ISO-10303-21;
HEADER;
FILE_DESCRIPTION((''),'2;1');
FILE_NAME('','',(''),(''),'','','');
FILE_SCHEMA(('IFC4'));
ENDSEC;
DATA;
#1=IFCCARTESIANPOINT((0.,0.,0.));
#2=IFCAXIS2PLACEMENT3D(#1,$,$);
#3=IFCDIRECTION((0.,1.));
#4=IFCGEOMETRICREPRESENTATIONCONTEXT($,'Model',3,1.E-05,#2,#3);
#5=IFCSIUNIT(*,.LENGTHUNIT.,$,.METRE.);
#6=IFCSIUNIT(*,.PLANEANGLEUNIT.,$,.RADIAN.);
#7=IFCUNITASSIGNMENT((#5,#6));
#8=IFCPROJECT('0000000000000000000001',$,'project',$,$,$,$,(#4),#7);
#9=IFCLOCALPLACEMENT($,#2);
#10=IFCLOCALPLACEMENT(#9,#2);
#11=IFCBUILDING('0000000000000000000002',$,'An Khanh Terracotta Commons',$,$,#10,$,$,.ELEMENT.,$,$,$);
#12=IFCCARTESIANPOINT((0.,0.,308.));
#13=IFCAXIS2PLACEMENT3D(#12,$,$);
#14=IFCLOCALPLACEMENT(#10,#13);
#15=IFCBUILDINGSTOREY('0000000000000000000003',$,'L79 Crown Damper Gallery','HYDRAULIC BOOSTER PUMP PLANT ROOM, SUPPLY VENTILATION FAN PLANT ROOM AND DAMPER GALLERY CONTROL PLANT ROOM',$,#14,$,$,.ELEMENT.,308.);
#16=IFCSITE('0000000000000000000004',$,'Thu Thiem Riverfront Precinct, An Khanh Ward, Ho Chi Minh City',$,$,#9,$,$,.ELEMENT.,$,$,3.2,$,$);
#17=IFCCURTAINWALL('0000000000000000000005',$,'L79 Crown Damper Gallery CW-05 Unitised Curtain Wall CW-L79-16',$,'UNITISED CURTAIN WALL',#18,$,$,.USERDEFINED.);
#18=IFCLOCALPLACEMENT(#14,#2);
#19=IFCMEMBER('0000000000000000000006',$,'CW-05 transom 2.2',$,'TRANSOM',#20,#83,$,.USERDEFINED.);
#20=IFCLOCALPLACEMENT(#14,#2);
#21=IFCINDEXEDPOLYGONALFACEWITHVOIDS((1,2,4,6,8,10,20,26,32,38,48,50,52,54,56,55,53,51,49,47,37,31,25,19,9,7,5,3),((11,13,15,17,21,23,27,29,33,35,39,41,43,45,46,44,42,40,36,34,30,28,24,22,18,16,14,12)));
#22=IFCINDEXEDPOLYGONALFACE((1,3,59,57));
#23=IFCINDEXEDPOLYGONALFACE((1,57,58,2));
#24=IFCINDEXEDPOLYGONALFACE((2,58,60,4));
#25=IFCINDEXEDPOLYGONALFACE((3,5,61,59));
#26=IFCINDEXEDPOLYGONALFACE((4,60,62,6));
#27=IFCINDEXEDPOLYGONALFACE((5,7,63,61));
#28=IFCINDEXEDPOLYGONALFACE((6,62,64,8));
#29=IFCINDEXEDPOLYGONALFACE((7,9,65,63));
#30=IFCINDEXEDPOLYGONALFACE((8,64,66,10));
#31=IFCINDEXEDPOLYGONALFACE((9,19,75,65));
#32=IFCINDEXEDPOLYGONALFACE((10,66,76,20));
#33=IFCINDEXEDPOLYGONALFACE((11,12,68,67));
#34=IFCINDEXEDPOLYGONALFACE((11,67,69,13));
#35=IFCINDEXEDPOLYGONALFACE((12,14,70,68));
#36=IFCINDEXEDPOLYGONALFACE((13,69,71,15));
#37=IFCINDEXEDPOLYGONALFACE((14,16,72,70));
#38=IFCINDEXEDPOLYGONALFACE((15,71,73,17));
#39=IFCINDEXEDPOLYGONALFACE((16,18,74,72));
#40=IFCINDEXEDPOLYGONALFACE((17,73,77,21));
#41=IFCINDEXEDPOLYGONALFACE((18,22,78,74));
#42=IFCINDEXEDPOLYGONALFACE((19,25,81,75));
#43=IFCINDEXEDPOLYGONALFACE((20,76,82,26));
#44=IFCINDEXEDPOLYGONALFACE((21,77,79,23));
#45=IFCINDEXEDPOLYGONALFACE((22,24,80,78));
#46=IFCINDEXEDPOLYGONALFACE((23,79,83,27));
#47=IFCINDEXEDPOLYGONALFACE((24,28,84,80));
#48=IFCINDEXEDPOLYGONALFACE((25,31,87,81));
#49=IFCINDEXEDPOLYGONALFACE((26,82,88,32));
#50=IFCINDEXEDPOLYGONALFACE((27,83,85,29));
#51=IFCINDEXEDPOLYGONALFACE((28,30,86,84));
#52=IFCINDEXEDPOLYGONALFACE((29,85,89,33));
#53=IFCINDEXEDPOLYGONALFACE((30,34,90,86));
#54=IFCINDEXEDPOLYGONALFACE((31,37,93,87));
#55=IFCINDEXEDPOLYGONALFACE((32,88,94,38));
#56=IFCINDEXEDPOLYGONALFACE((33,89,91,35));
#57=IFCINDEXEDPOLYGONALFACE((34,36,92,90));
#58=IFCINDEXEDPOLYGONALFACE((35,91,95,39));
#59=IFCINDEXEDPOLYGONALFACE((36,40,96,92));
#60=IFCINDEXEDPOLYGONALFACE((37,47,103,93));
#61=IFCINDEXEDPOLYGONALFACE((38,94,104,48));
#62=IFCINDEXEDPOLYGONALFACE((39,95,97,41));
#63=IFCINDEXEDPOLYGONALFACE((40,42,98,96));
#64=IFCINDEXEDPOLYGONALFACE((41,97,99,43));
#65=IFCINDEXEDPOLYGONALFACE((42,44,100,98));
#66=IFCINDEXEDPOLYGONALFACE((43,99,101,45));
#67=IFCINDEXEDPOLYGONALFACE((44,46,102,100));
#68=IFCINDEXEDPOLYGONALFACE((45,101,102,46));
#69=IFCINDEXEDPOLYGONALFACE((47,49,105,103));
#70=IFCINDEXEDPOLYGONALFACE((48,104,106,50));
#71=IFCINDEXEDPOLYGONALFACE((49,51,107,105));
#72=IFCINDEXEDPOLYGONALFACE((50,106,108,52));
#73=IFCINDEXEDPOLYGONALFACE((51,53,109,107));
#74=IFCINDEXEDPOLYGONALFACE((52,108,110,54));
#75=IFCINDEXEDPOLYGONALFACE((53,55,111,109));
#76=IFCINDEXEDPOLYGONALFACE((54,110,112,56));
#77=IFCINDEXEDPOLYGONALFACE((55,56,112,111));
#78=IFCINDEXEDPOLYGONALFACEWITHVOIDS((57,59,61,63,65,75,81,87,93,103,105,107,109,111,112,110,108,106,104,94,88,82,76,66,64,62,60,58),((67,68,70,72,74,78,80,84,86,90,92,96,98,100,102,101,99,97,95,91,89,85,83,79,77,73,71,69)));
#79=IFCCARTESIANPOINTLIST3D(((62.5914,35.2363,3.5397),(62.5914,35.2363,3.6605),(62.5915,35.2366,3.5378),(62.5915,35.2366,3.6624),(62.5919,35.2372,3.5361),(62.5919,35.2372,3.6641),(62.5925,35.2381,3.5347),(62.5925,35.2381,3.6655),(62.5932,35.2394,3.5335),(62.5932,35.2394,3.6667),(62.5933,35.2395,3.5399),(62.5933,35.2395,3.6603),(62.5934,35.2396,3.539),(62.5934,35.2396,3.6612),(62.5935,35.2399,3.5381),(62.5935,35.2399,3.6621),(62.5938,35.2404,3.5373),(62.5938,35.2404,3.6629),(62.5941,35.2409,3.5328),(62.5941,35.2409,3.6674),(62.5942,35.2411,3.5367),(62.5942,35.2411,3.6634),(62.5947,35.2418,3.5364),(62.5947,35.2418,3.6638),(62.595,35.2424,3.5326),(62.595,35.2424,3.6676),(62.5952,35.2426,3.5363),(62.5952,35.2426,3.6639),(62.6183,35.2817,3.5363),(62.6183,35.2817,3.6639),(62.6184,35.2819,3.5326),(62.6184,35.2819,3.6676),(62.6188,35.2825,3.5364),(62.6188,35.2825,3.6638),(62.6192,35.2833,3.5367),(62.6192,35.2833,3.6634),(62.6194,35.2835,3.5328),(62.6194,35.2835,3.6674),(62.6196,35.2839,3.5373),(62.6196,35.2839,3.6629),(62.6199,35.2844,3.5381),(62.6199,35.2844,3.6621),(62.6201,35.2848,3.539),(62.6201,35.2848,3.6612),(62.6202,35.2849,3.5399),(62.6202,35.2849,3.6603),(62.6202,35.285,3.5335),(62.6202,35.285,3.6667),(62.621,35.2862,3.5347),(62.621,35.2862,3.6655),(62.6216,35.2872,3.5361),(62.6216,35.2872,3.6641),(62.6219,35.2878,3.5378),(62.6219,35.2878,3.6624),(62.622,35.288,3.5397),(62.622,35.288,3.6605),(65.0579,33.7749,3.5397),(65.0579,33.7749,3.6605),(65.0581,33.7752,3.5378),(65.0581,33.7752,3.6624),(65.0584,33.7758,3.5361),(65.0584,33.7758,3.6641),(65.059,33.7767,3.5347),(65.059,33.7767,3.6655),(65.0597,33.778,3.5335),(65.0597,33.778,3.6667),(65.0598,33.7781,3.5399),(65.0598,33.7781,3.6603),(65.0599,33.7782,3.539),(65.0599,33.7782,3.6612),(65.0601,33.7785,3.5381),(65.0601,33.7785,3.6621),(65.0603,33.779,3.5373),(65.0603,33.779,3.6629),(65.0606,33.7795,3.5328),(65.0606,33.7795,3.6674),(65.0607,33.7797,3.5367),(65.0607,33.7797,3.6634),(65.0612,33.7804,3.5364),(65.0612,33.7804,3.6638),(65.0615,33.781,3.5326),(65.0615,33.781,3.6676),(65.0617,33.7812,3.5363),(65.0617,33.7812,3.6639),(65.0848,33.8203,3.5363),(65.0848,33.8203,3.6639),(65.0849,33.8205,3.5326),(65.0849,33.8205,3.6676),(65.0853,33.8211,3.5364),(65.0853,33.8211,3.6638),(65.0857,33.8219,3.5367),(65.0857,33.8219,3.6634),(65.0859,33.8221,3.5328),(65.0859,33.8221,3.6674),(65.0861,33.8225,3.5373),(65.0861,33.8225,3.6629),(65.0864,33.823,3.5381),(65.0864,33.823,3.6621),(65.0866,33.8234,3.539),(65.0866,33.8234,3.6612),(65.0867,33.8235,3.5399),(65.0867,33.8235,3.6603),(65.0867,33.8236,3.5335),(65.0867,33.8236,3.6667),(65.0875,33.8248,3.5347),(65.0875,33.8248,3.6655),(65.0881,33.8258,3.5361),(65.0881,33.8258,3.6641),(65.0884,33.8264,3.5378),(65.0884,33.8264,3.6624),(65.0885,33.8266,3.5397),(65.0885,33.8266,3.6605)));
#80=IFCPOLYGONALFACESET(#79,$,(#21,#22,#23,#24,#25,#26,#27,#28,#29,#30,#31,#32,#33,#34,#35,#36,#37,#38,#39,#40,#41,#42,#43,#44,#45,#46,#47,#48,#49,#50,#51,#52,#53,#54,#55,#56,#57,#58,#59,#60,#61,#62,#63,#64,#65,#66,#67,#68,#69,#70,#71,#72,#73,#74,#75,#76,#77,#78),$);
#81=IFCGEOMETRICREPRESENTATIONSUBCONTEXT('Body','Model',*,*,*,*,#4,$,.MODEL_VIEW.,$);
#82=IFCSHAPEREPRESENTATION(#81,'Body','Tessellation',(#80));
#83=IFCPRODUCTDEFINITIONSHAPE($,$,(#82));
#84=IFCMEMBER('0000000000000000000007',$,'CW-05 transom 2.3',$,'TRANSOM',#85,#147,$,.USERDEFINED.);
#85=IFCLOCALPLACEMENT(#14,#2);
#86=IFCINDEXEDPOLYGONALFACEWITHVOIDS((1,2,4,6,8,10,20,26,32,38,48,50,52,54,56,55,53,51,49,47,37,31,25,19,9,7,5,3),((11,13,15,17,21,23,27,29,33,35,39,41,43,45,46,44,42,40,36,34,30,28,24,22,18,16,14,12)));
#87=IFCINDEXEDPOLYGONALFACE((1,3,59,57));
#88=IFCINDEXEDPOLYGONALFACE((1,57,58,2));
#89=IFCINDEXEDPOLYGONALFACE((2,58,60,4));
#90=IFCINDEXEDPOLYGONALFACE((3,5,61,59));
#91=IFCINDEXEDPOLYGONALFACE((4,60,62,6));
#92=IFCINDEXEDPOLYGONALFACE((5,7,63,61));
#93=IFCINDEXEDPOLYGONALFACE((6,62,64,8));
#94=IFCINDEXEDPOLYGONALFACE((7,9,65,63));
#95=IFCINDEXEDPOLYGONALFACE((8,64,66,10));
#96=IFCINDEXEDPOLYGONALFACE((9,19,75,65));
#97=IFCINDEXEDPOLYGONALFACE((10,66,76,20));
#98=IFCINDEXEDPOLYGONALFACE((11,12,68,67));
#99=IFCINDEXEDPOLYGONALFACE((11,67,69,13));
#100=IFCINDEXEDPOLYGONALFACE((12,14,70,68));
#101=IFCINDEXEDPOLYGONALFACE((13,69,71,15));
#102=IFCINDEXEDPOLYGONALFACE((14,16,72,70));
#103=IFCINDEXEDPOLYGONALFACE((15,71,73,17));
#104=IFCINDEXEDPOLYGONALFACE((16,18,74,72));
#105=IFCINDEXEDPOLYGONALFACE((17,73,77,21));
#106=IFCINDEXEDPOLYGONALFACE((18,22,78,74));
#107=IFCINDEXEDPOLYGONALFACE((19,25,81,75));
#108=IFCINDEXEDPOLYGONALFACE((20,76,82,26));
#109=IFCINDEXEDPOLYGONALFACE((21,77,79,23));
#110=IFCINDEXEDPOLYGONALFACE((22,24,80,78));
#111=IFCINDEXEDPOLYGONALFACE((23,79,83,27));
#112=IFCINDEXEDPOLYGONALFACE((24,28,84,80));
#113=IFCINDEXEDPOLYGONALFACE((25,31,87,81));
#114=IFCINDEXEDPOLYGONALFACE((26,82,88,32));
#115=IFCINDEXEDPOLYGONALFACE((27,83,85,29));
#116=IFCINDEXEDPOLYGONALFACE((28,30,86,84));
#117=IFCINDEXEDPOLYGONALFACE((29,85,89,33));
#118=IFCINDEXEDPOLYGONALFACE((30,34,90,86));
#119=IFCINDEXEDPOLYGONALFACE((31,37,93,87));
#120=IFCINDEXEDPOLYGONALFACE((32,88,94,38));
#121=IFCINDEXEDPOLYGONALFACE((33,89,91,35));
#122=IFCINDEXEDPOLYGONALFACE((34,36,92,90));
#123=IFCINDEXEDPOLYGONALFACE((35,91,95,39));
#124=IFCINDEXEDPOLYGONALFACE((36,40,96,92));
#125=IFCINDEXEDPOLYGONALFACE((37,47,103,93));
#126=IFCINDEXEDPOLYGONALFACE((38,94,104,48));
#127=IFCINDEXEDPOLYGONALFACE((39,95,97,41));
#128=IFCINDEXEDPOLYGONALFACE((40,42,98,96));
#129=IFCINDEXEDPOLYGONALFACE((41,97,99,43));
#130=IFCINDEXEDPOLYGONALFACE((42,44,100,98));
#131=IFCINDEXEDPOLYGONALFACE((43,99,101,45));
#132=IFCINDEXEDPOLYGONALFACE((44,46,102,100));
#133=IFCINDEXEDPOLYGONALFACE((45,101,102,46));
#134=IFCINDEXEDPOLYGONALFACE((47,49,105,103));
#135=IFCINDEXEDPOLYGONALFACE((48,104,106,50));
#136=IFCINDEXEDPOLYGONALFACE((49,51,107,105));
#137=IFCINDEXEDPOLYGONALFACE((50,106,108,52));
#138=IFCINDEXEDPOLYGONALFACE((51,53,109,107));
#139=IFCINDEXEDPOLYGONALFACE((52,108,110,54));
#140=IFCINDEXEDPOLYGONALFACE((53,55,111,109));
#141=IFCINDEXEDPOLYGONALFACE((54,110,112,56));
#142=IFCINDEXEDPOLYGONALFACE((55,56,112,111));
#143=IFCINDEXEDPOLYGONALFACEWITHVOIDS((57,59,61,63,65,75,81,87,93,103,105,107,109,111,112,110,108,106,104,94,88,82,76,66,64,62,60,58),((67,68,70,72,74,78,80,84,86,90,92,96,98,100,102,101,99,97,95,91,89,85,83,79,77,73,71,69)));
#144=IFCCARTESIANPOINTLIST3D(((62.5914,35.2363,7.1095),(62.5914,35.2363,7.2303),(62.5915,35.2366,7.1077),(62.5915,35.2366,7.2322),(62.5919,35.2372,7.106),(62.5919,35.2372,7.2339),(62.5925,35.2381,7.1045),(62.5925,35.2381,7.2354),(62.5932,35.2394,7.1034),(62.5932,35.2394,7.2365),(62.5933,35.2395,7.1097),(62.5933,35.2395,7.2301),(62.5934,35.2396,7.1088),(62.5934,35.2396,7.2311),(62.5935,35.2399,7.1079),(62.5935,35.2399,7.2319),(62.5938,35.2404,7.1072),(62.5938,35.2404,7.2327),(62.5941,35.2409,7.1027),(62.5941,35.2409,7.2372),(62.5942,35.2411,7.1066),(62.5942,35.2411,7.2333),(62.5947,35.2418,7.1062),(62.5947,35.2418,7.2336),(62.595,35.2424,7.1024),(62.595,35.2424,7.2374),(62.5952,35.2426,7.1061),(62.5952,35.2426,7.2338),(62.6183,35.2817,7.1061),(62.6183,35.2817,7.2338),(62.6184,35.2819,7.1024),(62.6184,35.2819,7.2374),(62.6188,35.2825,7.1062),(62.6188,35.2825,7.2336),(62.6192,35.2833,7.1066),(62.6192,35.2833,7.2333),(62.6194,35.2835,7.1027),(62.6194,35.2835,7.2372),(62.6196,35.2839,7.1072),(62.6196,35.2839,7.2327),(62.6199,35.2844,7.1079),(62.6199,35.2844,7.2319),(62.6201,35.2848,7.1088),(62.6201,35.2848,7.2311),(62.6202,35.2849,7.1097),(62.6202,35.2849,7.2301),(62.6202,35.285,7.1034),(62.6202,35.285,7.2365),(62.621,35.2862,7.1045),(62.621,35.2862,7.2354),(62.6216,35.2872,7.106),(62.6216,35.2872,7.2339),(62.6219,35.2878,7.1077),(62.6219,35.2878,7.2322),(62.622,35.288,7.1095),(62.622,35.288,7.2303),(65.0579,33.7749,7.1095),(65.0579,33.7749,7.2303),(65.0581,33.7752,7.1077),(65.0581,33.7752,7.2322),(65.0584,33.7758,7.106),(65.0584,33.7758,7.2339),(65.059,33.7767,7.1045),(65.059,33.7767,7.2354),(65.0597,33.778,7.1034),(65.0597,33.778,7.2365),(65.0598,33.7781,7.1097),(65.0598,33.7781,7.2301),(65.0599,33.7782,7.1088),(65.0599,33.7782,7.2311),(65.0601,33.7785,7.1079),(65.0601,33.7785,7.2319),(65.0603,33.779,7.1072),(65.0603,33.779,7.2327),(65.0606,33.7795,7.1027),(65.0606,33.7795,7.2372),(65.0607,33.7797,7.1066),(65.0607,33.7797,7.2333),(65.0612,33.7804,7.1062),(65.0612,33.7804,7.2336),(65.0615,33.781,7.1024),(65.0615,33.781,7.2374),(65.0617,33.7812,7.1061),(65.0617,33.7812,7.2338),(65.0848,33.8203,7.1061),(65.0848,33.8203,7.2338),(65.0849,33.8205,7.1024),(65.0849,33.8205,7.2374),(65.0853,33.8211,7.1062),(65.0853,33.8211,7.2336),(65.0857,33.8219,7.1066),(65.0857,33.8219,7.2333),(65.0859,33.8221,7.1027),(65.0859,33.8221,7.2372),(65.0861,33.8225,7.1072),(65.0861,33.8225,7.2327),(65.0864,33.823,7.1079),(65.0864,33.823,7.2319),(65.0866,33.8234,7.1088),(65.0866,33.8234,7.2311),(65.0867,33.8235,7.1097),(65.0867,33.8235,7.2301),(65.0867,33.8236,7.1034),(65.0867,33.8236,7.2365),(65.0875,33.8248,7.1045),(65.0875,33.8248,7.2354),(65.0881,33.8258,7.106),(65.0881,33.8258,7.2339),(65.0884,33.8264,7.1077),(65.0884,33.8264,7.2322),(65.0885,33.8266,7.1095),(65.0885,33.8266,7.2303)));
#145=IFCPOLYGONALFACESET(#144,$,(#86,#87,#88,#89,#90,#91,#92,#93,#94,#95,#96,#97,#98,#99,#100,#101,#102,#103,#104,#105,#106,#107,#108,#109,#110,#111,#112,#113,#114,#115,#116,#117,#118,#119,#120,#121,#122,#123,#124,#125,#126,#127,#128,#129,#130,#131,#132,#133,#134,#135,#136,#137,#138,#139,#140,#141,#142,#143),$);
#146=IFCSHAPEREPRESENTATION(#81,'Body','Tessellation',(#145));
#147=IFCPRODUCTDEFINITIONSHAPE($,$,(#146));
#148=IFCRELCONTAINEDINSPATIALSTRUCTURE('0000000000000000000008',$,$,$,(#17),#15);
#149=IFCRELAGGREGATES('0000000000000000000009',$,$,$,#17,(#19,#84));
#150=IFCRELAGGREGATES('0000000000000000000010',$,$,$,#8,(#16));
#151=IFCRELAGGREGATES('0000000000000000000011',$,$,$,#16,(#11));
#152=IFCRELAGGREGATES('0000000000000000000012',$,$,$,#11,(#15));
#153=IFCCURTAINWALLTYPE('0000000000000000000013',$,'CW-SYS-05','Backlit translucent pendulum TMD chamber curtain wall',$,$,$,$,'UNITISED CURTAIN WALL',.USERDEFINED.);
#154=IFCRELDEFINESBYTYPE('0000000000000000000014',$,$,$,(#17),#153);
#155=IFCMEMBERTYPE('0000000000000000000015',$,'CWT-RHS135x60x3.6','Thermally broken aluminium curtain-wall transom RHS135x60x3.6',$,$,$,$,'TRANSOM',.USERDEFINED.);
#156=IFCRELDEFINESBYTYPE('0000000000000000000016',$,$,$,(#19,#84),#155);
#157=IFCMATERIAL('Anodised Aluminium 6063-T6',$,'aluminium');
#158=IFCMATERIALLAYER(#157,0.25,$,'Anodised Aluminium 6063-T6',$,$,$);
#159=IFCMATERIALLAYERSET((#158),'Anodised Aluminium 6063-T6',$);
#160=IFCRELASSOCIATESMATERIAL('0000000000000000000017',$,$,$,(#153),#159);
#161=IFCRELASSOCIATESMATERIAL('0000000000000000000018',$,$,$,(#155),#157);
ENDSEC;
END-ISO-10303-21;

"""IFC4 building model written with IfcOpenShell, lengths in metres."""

from ifc_helpers import new_model, si_unit, direction, frame, origin, origin_2d, place, context, subcontext, project, spatial, hollow_rectangle, extrude, material, layer, layer_set, material_profile, profile_set, type_object, element, aggregate, save


model = new_model("IFC4")

# Units and contexts
model_context = context("Model", 3, precision=1e-05, world=origin(), true_north=direction((0.0, 1.0)))
body_context = subcontext(model_context, "Body", "Model", "MODEL_VIEW")
ifc_project = project(units=[si_unit("LENGTHUNIT", "METRE"), si_unit("PLANEANGLEUNIT", "RADIAN")], contexts=[model_context])

# Site, building, storey
site_placement = place(None, origin())
site = spatial("IfcSite", under=ifc_project, at=site_placement, Name="Thu Thiem Riverfront Precinct, An Khanh Ward, Ho Chi Minh City", CompositionType="ELEMENT", RefElevation=3.2)
building_placement = place(site_placement, origin())
building = spatial("IfcBuilding", under=site, at=building_placement, Name="An Khanh Terracotta Commons", CompositionType="ELEMENT")
storey_placement = place(building_placement, frame((0.0, 0.0, 308.0)))
storey = spatial("IfcBuildingStorey", under=building, at=storey_placement, Name="L79 Crown Damper Gallery", Description="HYDRAULIC BOOSTER PUMP PLANT ROOM, SUPPLY VENTILATION FAN PLANT ROOM AND DAMPER GALLERY CONTROL PLANT ROOM", CompositionType="ELEMENT", Elevation=308.0)

# Curtain wall, members
ifc_material_1 = material(Name="Anodised Aluminium 6063-T6", Category="aluminium")
ifc_layer_1 = layer(ifc_material_1, 0.25, Name="Anodised Aluminium 6063-T6")
ifc_layer_set_1 = layer_set([ifc_layer_1], Name="Anodised Aluminium 6063-T6")
curtain_wall_type = type_object("IfcCurtainWallType", Name="CW-SYS-05", Description="Backlit translucent pendulum TMD chamber curtain wall", ElementType="UNITISED CURTAIN WALL", PredefinedType="USERDEFINED", material=ifc_layer_set_1)
curtain_wall_placement = place(storey_placement, origin())
curtain_wall = element("IfcCurtainWall", 1, at=curtain_wall_placement, inside=storey, type_object=curtain_wall_type, Name="L79 Crown Damper Gallery CW-05 Unitised Curtain Wall CW-L79-16", ObjectType="UNITISED CURTAIN WALL", PredefinedType="USERDEFINED")
ifc_material_profile_1 = material_profile(ifc_material_1, hollow_rectangle(XDim=0.0601, YDim=0.135, WallThickness=0.0037, InnerFilletRadius=0.0037, OuterFilletRadius=0.0071, at=origin_2d()), Name="RHS135x60x3.6")
ifc_profile_set_1 = profile_set([ifc_material_profile_1], Name="Anodised Aluminium 6063-T6")
member_type_1 = type_object("IfcMemberType", Name="CWT-RHS135x60x3.6", Description="Thermally broken aluminium curtain-wall transom RHS135x60x3.6", ElementType="TRANSOM", PredefinedType="USERDEFINED", material=ifc_profile_set_1)
member_1_placement = place(storey_placement, frame((65.0732, 33.8008, 3.6001), z_axis=(-0.860327, 0.509742, 0.0), x_axis=(-0.509742, -0.860327, 0.0)))
member_1 = element("IfcMember", 2, at=member_1_placement, type_object=member_type_1, Name="CW-05 transom 2.2", ObjectType="TRANSOM", PredefinedType="USERDEFINED", context=body_context, shape_type="SweptSolid", body=[
    extrude(hollow_rectangle(XDim=0.0601, YDim=0.135, WallThickness=0.0037, InnerFilletRadius=0.0037, OuterFilletRadius=0.0071, at=origin_2d()), origin(), (0.0, 0.0, 1.0), 2.8669),
])
member_2_placement = place(storey_placement, frame((65.0732, 33.8008, 7.1699), z_axis=(-0.860327, 0.509742, 0.0), x_axis=(-0.509742, -0.860327, 0.0)))
member_2 = element("IfcMember", 3, at=member_2_placement, type_object=member_type_1, Name="CW-05 transom 2.3", ObjectType="TRANSOM", PredefinedType="USERDEFINED", context=body_context, shape_type="SweptSolid", body=[
    extrude(hollow_rectangle(XDim=0.0601, YDim=0.135, WallThickness=0.0037, InnerFilletRadius=0.0037, OuterFilletRadius=0.0071, at=origin_2d()), origin(), (0.0, 0.0, 1.0), 2.8669),
])
aggregate(curtain_wall, [member_1, member_2])

save(model, "model.ifc")
